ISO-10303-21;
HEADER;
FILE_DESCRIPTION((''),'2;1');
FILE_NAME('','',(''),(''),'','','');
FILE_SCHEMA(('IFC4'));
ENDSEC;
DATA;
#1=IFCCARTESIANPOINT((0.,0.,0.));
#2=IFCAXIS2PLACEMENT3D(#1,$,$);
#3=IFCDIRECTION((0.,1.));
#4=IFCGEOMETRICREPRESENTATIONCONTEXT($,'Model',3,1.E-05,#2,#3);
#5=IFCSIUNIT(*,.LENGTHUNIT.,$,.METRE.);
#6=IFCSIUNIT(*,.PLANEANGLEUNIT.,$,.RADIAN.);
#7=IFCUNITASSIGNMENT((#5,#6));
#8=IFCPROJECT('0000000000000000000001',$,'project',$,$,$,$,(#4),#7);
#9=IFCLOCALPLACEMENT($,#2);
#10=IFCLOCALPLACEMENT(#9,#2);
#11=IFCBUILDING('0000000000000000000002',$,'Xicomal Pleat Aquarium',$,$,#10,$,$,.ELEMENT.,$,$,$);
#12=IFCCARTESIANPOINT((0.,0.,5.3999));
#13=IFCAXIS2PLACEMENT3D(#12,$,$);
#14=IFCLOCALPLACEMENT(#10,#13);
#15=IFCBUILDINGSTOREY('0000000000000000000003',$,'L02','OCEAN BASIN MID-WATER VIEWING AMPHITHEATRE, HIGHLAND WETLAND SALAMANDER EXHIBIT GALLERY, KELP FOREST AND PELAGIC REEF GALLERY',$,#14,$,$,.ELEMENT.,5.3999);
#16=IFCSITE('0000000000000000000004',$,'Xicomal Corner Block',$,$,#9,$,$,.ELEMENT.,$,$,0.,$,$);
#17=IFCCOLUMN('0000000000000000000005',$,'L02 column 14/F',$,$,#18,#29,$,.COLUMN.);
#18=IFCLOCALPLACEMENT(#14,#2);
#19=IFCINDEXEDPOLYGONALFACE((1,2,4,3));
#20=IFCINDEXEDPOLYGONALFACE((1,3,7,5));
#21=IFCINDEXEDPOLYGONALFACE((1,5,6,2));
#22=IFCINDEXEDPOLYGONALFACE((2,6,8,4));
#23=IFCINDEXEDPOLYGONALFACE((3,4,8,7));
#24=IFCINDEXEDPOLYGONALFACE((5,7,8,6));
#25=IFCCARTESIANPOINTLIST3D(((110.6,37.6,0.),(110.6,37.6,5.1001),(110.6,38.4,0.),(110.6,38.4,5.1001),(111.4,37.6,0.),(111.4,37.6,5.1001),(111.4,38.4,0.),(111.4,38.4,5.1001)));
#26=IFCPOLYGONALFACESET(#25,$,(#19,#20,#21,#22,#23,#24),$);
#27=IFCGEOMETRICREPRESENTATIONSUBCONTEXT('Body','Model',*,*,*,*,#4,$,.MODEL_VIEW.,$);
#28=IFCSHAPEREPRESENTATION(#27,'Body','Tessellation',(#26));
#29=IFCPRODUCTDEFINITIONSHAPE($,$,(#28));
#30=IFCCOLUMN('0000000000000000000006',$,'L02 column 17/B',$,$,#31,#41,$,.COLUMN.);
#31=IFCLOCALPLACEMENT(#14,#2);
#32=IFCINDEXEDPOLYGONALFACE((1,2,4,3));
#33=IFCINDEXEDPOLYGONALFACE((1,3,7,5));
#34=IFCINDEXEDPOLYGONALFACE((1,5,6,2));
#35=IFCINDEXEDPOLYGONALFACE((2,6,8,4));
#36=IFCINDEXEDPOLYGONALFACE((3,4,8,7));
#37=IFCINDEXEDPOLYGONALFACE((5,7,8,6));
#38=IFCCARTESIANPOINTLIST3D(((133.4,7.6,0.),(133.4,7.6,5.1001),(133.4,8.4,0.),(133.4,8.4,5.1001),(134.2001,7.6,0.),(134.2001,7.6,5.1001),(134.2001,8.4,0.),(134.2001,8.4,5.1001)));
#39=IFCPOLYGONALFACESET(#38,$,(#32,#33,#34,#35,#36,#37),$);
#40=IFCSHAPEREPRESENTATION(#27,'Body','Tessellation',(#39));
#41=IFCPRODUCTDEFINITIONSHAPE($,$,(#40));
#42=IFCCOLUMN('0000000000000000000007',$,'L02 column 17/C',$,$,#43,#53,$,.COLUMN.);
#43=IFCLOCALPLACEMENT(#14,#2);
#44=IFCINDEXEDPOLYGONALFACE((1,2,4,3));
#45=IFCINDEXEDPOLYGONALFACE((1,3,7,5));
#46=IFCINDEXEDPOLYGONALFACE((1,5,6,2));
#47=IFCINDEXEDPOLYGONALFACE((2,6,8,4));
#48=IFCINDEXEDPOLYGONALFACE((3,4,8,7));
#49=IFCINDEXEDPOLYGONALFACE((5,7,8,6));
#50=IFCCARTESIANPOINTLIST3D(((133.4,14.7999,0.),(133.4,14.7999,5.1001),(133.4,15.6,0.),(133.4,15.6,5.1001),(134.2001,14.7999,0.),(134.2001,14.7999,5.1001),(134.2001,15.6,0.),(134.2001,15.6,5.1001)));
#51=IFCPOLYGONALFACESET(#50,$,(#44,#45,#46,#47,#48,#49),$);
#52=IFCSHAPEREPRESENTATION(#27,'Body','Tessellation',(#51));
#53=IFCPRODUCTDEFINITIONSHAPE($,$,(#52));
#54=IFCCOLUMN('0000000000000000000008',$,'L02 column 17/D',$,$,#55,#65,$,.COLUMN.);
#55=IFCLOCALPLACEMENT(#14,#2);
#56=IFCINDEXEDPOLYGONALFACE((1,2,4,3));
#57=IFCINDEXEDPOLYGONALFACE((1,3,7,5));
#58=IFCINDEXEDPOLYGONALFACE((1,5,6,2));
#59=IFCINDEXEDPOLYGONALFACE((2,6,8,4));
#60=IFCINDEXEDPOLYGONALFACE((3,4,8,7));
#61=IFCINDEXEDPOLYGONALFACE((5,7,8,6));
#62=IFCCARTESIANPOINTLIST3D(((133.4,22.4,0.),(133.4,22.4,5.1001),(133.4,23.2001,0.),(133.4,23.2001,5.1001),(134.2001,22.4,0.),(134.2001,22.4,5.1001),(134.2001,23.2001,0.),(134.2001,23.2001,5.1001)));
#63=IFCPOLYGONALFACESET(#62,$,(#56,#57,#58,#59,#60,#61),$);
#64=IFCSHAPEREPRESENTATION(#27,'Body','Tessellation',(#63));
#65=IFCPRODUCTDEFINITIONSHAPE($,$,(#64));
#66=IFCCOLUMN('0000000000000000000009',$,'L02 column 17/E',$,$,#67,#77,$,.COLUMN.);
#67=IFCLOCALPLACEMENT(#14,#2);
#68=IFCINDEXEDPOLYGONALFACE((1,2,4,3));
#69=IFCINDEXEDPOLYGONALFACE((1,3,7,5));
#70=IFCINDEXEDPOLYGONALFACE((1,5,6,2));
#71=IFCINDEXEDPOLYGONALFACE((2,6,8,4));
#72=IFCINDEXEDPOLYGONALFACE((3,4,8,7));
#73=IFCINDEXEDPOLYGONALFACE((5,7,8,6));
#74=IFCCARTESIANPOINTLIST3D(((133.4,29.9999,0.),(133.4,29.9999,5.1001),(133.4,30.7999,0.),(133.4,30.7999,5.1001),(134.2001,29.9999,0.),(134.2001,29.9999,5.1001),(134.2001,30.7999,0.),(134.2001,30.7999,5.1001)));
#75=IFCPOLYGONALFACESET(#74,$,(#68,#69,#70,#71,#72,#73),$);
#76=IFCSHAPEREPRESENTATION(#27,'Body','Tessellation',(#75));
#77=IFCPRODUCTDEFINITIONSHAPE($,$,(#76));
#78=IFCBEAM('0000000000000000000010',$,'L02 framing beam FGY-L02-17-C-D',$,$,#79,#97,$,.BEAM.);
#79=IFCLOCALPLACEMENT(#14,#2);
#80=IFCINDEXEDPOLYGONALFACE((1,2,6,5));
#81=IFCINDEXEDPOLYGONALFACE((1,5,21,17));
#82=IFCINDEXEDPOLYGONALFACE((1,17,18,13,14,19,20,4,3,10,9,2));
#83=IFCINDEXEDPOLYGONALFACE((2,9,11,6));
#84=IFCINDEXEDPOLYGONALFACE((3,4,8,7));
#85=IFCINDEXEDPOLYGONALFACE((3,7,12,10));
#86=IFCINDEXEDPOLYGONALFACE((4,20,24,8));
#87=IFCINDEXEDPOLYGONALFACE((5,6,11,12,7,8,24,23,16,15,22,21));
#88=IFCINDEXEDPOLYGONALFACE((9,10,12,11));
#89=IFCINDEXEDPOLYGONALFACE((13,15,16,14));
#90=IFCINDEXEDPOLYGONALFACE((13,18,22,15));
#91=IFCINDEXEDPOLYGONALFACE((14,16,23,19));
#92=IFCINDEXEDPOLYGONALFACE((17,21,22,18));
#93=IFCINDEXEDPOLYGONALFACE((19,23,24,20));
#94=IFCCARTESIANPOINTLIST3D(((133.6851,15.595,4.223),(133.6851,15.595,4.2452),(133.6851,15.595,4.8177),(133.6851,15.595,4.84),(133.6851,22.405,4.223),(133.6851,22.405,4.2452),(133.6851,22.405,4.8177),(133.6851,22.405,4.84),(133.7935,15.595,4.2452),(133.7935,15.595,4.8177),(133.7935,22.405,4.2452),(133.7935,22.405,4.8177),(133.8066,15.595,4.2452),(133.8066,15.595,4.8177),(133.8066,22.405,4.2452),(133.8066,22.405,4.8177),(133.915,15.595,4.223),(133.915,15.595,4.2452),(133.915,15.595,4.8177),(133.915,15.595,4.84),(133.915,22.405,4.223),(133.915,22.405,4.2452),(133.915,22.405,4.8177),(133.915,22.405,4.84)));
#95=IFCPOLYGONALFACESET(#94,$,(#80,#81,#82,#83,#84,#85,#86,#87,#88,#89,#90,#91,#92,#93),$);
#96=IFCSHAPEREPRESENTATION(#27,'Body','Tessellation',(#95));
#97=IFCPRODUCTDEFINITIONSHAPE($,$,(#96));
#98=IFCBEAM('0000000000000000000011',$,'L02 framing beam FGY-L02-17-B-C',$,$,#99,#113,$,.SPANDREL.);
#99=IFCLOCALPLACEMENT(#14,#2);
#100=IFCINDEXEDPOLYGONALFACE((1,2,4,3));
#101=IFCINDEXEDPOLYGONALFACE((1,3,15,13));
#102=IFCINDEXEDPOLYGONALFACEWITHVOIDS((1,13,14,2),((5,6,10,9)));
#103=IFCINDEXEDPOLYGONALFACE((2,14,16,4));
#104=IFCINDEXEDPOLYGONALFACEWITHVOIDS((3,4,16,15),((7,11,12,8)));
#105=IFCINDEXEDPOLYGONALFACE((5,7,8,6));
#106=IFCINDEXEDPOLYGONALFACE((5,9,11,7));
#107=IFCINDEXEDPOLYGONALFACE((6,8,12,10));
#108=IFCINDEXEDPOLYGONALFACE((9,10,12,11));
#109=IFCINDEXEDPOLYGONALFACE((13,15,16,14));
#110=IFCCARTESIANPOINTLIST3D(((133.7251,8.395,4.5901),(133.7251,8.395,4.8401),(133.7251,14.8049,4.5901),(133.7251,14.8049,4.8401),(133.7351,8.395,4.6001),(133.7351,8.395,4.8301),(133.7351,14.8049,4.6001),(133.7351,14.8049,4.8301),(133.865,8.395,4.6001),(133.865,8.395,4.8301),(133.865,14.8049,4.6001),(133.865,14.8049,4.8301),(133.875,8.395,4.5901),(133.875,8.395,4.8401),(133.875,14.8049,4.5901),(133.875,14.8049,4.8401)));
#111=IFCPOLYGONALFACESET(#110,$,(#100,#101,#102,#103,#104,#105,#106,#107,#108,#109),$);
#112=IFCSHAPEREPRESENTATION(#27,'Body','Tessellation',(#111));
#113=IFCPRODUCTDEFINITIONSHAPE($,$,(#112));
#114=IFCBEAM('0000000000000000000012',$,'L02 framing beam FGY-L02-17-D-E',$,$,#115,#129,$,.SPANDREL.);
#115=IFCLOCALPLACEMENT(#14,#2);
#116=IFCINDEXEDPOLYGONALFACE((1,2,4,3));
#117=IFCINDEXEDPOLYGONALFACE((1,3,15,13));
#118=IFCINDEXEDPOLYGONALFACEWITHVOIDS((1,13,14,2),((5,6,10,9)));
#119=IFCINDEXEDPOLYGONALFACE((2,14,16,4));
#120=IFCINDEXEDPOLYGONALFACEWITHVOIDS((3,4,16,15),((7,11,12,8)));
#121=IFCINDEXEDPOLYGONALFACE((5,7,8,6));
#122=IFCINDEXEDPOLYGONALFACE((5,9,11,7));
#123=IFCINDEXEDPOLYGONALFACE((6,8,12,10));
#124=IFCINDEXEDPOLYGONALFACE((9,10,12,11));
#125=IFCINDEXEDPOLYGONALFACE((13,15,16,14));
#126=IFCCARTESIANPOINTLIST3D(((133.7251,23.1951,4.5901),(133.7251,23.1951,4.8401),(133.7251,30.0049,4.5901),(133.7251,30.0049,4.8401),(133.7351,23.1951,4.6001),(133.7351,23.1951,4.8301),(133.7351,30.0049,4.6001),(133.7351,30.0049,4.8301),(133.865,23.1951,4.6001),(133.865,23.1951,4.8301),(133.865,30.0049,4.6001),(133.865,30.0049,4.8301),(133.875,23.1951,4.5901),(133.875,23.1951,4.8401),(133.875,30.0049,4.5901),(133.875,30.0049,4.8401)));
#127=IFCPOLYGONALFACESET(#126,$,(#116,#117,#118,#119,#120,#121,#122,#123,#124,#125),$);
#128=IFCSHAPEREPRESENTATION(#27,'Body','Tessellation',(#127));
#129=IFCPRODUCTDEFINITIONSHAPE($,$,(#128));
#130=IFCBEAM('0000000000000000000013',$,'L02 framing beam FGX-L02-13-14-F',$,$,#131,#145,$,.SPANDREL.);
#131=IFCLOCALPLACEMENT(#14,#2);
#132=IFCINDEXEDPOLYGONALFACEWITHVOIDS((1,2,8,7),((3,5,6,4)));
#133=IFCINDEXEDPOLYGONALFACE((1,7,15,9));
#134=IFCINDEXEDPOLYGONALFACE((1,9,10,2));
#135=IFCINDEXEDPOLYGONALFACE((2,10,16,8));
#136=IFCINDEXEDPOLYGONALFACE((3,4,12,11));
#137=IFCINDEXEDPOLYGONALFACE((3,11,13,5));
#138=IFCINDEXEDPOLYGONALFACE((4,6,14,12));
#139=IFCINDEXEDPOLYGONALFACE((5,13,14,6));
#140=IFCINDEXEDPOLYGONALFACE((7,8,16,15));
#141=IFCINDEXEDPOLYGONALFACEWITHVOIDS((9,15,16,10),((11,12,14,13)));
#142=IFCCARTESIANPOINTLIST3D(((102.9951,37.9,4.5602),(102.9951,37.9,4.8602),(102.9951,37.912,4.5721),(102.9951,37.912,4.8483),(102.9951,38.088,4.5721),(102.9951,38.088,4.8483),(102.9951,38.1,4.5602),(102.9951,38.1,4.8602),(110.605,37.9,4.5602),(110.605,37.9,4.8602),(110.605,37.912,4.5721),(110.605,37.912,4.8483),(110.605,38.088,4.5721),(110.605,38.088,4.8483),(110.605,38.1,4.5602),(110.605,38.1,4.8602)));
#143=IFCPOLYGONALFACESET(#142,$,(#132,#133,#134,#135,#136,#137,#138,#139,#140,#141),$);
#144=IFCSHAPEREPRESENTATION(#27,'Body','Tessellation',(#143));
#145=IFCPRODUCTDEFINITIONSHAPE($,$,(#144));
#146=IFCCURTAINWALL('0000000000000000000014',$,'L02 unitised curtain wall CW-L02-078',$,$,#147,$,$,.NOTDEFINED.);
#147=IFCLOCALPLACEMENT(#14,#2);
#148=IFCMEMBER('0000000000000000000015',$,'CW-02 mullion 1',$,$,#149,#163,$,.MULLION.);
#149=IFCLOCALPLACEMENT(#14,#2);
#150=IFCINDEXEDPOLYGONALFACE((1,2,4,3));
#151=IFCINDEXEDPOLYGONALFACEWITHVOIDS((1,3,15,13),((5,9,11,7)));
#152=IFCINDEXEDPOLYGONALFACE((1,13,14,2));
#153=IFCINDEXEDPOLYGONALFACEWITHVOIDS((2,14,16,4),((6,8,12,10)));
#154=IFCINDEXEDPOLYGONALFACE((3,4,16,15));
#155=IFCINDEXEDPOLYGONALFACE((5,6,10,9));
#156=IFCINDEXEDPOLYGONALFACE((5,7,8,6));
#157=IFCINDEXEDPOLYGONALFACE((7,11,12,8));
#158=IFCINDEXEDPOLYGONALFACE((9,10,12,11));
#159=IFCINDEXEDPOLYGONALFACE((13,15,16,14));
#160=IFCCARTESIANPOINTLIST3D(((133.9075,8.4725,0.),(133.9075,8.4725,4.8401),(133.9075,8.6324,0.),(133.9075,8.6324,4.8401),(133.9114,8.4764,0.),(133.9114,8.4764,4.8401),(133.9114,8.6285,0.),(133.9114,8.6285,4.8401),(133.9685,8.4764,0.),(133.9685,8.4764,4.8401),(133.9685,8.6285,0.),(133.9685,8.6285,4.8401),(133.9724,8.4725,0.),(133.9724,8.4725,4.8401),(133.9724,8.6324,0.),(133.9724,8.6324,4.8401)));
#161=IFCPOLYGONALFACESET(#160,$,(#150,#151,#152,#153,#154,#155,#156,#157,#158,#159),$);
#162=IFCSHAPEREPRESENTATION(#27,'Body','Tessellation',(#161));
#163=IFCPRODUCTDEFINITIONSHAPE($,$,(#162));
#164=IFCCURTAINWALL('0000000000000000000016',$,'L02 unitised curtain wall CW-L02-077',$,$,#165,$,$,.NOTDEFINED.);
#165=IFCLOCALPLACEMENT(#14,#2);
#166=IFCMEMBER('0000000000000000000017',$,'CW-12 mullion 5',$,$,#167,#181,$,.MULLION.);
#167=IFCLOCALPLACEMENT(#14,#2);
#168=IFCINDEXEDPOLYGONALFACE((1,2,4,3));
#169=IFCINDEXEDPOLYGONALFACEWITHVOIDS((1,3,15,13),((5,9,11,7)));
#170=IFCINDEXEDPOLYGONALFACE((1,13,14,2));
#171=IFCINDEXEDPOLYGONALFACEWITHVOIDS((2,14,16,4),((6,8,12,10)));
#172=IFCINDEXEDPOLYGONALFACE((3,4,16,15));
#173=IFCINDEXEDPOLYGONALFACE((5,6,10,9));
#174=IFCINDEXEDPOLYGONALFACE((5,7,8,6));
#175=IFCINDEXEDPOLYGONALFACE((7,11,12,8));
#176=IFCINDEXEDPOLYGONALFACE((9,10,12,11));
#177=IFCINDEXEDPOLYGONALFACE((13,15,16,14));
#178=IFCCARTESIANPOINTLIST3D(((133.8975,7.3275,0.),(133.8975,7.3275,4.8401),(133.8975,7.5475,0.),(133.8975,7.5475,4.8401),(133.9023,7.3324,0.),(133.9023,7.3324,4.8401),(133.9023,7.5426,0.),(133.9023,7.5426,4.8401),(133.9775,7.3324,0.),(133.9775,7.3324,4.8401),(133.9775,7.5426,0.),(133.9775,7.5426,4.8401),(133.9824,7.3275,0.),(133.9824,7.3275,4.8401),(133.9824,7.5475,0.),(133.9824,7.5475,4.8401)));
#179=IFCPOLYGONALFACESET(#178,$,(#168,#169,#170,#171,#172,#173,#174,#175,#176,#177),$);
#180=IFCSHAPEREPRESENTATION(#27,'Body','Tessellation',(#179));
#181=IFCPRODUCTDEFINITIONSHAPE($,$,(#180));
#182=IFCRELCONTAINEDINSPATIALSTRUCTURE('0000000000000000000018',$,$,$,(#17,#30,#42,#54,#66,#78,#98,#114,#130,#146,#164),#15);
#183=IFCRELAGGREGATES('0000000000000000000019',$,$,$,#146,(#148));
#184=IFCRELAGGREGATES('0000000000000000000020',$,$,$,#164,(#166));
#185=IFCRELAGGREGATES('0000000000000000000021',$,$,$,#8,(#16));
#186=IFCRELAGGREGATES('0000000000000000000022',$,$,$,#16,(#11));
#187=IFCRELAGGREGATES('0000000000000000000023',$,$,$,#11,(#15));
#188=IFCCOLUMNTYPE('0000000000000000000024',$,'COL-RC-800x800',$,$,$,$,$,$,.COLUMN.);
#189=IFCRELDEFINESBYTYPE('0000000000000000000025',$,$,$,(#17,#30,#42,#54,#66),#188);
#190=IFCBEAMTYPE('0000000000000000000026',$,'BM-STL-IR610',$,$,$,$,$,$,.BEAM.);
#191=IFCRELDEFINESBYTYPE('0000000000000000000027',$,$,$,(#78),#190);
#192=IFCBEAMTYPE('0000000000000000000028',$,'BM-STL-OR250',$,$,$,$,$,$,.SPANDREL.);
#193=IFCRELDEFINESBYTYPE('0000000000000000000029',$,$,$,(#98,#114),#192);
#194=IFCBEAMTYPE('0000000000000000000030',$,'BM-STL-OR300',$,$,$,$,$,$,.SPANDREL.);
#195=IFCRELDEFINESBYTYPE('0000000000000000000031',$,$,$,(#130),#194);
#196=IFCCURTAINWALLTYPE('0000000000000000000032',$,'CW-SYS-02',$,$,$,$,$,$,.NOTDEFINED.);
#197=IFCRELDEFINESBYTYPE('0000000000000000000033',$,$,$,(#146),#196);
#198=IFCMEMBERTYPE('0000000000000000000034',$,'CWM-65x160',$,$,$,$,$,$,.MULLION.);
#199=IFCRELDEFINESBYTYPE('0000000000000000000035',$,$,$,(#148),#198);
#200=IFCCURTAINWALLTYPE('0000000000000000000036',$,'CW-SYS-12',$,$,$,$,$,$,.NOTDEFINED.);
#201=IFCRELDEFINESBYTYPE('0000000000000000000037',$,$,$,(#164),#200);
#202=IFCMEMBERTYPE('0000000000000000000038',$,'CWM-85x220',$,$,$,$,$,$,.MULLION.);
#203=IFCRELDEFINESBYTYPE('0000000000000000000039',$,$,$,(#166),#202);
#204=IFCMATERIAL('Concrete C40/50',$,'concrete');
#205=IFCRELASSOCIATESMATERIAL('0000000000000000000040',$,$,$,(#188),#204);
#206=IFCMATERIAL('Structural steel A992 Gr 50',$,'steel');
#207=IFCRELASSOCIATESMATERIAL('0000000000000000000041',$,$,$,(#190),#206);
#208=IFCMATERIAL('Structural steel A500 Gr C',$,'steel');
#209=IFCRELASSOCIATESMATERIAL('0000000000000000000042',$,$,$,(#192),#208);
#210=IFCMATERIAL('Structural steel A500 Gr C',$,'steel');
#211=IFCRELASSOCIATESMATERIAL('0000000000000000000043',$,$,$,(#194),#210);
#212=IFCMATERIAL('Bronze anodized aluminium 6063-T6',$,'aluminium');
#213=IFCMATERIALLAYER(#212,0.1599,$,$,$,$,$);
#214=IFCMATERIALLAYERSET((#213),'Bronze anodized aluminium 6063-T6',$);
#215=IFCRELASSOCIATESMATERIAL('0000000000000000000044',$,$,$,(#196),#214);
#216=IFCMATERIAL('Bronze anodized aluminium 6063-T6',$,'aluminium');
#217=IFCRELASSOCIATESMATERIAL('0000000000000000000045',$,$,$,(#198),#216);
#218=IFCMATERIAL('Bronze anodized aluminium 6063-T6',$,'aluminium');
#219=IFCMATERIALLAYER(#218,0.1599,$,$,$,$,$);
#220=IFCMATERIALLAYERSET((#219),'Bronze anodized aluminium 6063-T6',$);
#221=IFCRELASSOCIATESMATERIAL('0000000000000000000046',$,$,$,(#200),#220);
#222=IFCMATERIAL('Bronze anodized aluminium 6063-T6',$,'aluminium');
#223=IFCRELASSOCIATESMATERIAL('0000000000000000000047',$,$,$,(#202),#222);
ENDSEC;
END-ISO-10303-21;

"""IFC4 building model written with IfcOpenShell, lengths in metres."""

from ifc_helpers import new_model, si_unit, direction, frame, origin, origin_2d, place, context, subcontext, project, spatial, rectangle, hollow_rectangle, i_section, extrude, material, layer, layer_set, material_profile, profile_set, type_object, element, aggregate, save


model = new_model("IFC4")

# Units and contexts
model_context = context("Model", 3, precision=1e-05, world=origin(), true_north=direction((0.0, 1.0)))
body_context = subcontext(model_context, "Body", "Model", "MODEL_VIEW")
ifc_project = project(units=[si_unit("LENGTHUNIT", "METRE"), si_unit("PLANEANGLEUNIT", "RADIAN")], contexts=[model_context])

# Site, building, storey
site_placement = place(None, origin())
site = spatial("IfcSite", under=ifc_project, at=site_placement, Name="Xicomal Corner Block", CompositionType="ELEMENT", RefElevation=0.0)
building_placement = place(site_placement, origin())
building = spatial("IfcBuilding", under=site, at=building_placement, Name="Xicomal Pleat Aquarium", CompositionType="ELEMENT")
storey_placement = place(building_placement, frame((0.0, 0.0, 5.3999)))
storey = spatial("IfcBuildingStorey", under=building, at=storey_placement, Name="L02", Description="OCEAN BASIN MID-WATER VIEWING AMPHITHEATRE, HIGHLAND WETLAND SALAMANDER EXHIBIT GALLERY, KELP FOREST AND PELAGIC REEF GALLERY", CompositionType="ELEMENT", Elevation=5.3999)

# Columns
ifc_material_1 = material(Name="Concrete C40/50", Category="concrete")
ifc_material_profile_1 = material_profile(ifc_material_1, rectangle(XDim=0.8, YDim=0.8, at=origin_2d()), Name="RC 800x800")
ifc_profile_set_1 = profile_set([ifc_material_profile_1], Name="Concrete C40/50")
column_type = type_object("IfcColumnType", Name="COL-RC-800x800", PredefinedType="COLUMN", material=ifc_profile_set_1)
for number, where, z_axis, x_axis, name in (
    (1, (111.0, 38.0, 0.0), (0.0, 0.0, 1.0), (1.0, 0.0, 0.0), "L02 column 14/F"),
    (2, (133.8, 8.0, 0.0), (0.0, 0.0, 1.0), (1.0, 0.0, 0.0), "L02 column 17/B"),
    (3, (133.8, 15.2, 0.0), (0.0, 0.0, 1.0), (1.0, 0.0, 0.0), "L02 column 17/C"),
    (4, (133.8, 22.8, 0.0), (0.0, 0.0, 1.0), (1.0, 0.0, 0.0), "L02 column 17/D"),
    (5, (133.8, 30.3999, 0.0), (0.0, 0.0, 1.0), (1.0, 0.0, 0.0), "L02 column 17/E"),
):
    element("IfcColumn", number, at=place(storey_placement, frame(where, z_axis=z_axis, x_axis=x_axis)), inside=storey, type_object=column_type, Name=name, PredefinedType="COLUMN", context=body_context, shape_type="SweptSolid", body=[
        extrude(rectangle(XDim=0.8, YDim=0.8, at=origin_2d()), origin(), (0.0, 0.0, 1.0), 5.1001),
    ])

# Beams
ifc_material_2 = material(Name="Structural steel A992 Gr 50", Category="steel")
ifc_material_profile_2 = material_profile(ifc_material_2, i_section(OverallWidth=0.23, OverallDepth=0.6169, WebThickness=0.0132, FlangeThickness=0.0222, at=origin_2d()), Name="IR 610x140")
ifc_profile_set_2 = profile_set([ifc_material_profile_2], Name="Structural steel A992 Gr 50")
beam_type_1 = type_object("IfcBeamType", Name="BM-STL-IR610", PredefinedType="BEAM", material=ifc_profile_set_2)
beam_1_placement = place(storey_placement, frame((133.8, 15.595, 4.5315), z_axis=(0.0, 1.0, 0.0), x_axis=(-1.0, 0.0, 0.0)))
element("IfcBeam", 6, at=beam_1_placement, inside=storey, type_object=beam_type_1, Name="L02 framing beam FGY-L02-17-C-D", PredefinedType="BEAM", context=body_context, shape_type="SweptSolid", body=[
    extrude(i_section(OverallWidth=0.23, OverallDepth=0.6169, WebThickness=0.0132, FlangeThickness=0.0222, at=origin_2d()), origin(), (0.0, 0.0, 1.0), 6.8101),
])
ifc_material_3 = material(Name="Structural steel A500 Gr C", Category="steel")
ifc_material_profile_3 = material_profile(ifc_material_3, hollow_rectangle(XDim=0.1499, YDim=0.25, WallThickness=0.01, at=origin_2d()), Name="OR 250x150x10")
ifc_profile_set_3 = profile_set([ifc_material_profile_3], Name="Structural steel A500 Gr C")
beam_type_2 = type_object("IfcBeamType", Name="BM-STL-OR250", PredefinedType="SPANDREL", material=ifc_profile_set_3)
beam_2_placement = place(storey_placement, frame((133.8, 8.395, 4.7151), z_axis=(0.0, 1.0, 0.0), x_axis=(-1.0, 0.0, 0.0)))
element("IfcBeam", 7, at=beam_2_placement, inside=storey, type_object=beam_type_2, Name="L02 framing beam FGY-L02-17-B-C", PredefinedType="SPANDREL", context=body_context, shape_type="SweptSolid", body=[
    extrude(hollow_rectangle(XDim=0.1499, YDim=0.25, WallThickness=0.01, at=origin_2d()), origin(), (0.0, 0.0, 1.0), 6.4099),
])
beam_3_placement = place(storey_placement, frame((133.8, 23.1951, 4.7151), z_axis=(0.0, 1.0, 0.0), x_axis=(-1.0, 0.0, 0.0)))
element("IfcBeam", 8, at=beam_3_placement, inside=storey, type_object=beam_type_2, Name="L02 framing beam FGY-L02-17-D-E", PredefinedType="SPANDREL", context=body_context, shape_type="SweptSolid", body=[
    extrude(hollow_rectangle(XDim=0.1499, YDim=0.25, WallThickness=0.01, at=origin_2d()), origin(), (0.0, 0.0, 1.0), 6.8098),
])
ifc_material_4 = material(Name="Structural steel A500 Gr C", Category="steel")
ifc_material_profile_4 = material_profile(ifc_material_4, hollow_rectangle(XDim=0.2, YDim=0.3, WallThickness=0.012, at=origin_2d()), Name="OR 300x200x12")
ifc_profile_set_4 = profile_set([ifc_material_profile_4], Name="Structural steel A500 Gr C")
beam_type_3 = type_object("IfcBeamType", Name="BM-STL-OR300", PredefinedType="SPANDREL", material=ifc_profile_set_4)
beam_4_placement = place(storey_placement, frame((102.9951, 38.0, 4.7102), z_axis=(1.0, 0.0, 0.0), x_axis=(0.0, 1.0, 0.0)))
element("IfcBeam", 9, at=beam_4_placement, inside=storey, type_object=beam_type_3, Name="L02 framing beam FGX-L02-13-14-F", PredefinedType="SPANDREL", context=body_context, shape_type="SweptSolid", body=[
    extrude(hollow_rectangle(XDim=0.2, YDim=0.3, WallThickness=0.012, at=origin_2d()), origin(), (0.0, 0.0, 1.0), 7.6099),
])

# Curtain walls, members
ifc_material_5 = material(Name="Bronze anodized aluminium 6063-T6", Category="aluminium")
ifc_layer_1 = layer(ifc_material_5, 0.1599)
ifc_layer_set_1 = layer_set([ifc_layer_1], Name="Bronze anodized aluminium 6063-T6")
curtain_wall_type_1 = type_object("IfcCurtainWallType", Name="CW-SYS-02", PredefinedType="NOTDEFINED", material=ifc_layer_set_1)
curtain_wall_1_placement = place(storey_placement, origin())
curtain_wall_1 = element("IfcCurtainWall", 10, at=curtain_wall_1_placement, inside=storey, type_object=curtain_wall_type_1, Name="L02 unitised curtain wall CW-L02-078", PredefinedType="NOTDEFINED")
ifc_material_6 = material(Name="Bronze anodized aluminium 6063-T6", Category="aluminium")
ifc_material_profile_5 = material_profile(ifc_material_6, hollow_rectangle(XDim=0.0649, YDim=0.1599, WallThickness=0.0039, at=origin_2d()), Name="ALU MULL 65x160")
ifc_profile_set_5 = profile_set([ifc_material_profile_5], Name="Bronze anodized aluminium 6063-T6")
member_type_1 = type_object("IfcMemberType", Name="CWM-65x160", PredefinedType="MULLION", material=ifc_profile_set_5)
member_1_placement = place(storey_placement, frame((133.9399, 8.5525, 0.0), z_axis=(0.0, 0.0, 1.0), x_axis=(-1.0, 0.0, 0.0)))
member_1 = element("IfcMember", 11, at=member_1_placement, type_object=member_type_1, Name="CW-02 mullion 1", PredefinedType="MULLION", context=body_context, shape_type="SweptSolid", body=[
    extrude(hollow_rectangle(XDim=0.0649, YDim=0.1599, WallThickness=0.0039, at=origin_2d()), origin(), (0.0, 0.0, 1.0), 4.8401),
])
ifc_material_7 = material(Name="Bronze anodized aluminium 6063-T6", Category="aluminium")
ifc_layer_2 = layer(ifc_material_7, 0.1599)
ifc_layer_set_2 = layer_set([ifc_layer_2], Name="Bronze anodized aluminium 6063-T6")
curtain_wall_type_2 = type_object("IfcCurtainWallType", Name="CW-SYS-12", PredefinedType="NOTDEFINED", material=ifc_layer_set_2)
curtain_wall_2_placement = place(storey_placement, origin())
curtain_wall_2 = element("IfcCurtainWall", 12, at=curtain_wall_2_placement, inside=storey, type_object=curtain_wall_type_2, Name="L02 unitised curtain wall CW-L02-077", PredefinedType="NOTDEFINED")
ifc_material_8 = material(Name="Bronze anodized aluminium 6063-T6", Category="aluminium")
ifc_material_profile_6 = material_profile(ifc_material_8, hollow_rectangle(XDim=0.085, YDim=0.22, WallThickness=0.0049, at=origin_2d()), Name="ALU MULL 85x220")
ifc_profile_set_6 = profile_set([ifc_material_profile_6], Name="Bronze anodized aluminium 6063-T6")
member_type_2 = type_object("IfcMemberType", Name="CWM-85x220", PredefinedType="MULLION", material=ifc_profile_set_6)
member_2_placement = place(storey_placement, frame((133.9399, 7.4375, 0.0), z_axis=(0.0, 0.0, 1.0), x_axis=(-1.0, 0.0, 0.0)))
member_2 = element("IfcMember", 13, at=member_2_placement, type_object=member_type_2, Name="CW-12 mullion 5", PredefinedType="MULLION", context=body_context, shape_type="SweptSolid", body=[
    extrude(hollow_rectangle(XDim=0.085, YDim=0.22, WallThickness=0.0049, at=origin_2d()), origin(), (0.0, 0.0, 1.0), 4.8401),
])

aggregate(curtain_wall_1, [member_1])

aggregate(curtain_wall_2, [member_2])

save(model, "model.ifc")
